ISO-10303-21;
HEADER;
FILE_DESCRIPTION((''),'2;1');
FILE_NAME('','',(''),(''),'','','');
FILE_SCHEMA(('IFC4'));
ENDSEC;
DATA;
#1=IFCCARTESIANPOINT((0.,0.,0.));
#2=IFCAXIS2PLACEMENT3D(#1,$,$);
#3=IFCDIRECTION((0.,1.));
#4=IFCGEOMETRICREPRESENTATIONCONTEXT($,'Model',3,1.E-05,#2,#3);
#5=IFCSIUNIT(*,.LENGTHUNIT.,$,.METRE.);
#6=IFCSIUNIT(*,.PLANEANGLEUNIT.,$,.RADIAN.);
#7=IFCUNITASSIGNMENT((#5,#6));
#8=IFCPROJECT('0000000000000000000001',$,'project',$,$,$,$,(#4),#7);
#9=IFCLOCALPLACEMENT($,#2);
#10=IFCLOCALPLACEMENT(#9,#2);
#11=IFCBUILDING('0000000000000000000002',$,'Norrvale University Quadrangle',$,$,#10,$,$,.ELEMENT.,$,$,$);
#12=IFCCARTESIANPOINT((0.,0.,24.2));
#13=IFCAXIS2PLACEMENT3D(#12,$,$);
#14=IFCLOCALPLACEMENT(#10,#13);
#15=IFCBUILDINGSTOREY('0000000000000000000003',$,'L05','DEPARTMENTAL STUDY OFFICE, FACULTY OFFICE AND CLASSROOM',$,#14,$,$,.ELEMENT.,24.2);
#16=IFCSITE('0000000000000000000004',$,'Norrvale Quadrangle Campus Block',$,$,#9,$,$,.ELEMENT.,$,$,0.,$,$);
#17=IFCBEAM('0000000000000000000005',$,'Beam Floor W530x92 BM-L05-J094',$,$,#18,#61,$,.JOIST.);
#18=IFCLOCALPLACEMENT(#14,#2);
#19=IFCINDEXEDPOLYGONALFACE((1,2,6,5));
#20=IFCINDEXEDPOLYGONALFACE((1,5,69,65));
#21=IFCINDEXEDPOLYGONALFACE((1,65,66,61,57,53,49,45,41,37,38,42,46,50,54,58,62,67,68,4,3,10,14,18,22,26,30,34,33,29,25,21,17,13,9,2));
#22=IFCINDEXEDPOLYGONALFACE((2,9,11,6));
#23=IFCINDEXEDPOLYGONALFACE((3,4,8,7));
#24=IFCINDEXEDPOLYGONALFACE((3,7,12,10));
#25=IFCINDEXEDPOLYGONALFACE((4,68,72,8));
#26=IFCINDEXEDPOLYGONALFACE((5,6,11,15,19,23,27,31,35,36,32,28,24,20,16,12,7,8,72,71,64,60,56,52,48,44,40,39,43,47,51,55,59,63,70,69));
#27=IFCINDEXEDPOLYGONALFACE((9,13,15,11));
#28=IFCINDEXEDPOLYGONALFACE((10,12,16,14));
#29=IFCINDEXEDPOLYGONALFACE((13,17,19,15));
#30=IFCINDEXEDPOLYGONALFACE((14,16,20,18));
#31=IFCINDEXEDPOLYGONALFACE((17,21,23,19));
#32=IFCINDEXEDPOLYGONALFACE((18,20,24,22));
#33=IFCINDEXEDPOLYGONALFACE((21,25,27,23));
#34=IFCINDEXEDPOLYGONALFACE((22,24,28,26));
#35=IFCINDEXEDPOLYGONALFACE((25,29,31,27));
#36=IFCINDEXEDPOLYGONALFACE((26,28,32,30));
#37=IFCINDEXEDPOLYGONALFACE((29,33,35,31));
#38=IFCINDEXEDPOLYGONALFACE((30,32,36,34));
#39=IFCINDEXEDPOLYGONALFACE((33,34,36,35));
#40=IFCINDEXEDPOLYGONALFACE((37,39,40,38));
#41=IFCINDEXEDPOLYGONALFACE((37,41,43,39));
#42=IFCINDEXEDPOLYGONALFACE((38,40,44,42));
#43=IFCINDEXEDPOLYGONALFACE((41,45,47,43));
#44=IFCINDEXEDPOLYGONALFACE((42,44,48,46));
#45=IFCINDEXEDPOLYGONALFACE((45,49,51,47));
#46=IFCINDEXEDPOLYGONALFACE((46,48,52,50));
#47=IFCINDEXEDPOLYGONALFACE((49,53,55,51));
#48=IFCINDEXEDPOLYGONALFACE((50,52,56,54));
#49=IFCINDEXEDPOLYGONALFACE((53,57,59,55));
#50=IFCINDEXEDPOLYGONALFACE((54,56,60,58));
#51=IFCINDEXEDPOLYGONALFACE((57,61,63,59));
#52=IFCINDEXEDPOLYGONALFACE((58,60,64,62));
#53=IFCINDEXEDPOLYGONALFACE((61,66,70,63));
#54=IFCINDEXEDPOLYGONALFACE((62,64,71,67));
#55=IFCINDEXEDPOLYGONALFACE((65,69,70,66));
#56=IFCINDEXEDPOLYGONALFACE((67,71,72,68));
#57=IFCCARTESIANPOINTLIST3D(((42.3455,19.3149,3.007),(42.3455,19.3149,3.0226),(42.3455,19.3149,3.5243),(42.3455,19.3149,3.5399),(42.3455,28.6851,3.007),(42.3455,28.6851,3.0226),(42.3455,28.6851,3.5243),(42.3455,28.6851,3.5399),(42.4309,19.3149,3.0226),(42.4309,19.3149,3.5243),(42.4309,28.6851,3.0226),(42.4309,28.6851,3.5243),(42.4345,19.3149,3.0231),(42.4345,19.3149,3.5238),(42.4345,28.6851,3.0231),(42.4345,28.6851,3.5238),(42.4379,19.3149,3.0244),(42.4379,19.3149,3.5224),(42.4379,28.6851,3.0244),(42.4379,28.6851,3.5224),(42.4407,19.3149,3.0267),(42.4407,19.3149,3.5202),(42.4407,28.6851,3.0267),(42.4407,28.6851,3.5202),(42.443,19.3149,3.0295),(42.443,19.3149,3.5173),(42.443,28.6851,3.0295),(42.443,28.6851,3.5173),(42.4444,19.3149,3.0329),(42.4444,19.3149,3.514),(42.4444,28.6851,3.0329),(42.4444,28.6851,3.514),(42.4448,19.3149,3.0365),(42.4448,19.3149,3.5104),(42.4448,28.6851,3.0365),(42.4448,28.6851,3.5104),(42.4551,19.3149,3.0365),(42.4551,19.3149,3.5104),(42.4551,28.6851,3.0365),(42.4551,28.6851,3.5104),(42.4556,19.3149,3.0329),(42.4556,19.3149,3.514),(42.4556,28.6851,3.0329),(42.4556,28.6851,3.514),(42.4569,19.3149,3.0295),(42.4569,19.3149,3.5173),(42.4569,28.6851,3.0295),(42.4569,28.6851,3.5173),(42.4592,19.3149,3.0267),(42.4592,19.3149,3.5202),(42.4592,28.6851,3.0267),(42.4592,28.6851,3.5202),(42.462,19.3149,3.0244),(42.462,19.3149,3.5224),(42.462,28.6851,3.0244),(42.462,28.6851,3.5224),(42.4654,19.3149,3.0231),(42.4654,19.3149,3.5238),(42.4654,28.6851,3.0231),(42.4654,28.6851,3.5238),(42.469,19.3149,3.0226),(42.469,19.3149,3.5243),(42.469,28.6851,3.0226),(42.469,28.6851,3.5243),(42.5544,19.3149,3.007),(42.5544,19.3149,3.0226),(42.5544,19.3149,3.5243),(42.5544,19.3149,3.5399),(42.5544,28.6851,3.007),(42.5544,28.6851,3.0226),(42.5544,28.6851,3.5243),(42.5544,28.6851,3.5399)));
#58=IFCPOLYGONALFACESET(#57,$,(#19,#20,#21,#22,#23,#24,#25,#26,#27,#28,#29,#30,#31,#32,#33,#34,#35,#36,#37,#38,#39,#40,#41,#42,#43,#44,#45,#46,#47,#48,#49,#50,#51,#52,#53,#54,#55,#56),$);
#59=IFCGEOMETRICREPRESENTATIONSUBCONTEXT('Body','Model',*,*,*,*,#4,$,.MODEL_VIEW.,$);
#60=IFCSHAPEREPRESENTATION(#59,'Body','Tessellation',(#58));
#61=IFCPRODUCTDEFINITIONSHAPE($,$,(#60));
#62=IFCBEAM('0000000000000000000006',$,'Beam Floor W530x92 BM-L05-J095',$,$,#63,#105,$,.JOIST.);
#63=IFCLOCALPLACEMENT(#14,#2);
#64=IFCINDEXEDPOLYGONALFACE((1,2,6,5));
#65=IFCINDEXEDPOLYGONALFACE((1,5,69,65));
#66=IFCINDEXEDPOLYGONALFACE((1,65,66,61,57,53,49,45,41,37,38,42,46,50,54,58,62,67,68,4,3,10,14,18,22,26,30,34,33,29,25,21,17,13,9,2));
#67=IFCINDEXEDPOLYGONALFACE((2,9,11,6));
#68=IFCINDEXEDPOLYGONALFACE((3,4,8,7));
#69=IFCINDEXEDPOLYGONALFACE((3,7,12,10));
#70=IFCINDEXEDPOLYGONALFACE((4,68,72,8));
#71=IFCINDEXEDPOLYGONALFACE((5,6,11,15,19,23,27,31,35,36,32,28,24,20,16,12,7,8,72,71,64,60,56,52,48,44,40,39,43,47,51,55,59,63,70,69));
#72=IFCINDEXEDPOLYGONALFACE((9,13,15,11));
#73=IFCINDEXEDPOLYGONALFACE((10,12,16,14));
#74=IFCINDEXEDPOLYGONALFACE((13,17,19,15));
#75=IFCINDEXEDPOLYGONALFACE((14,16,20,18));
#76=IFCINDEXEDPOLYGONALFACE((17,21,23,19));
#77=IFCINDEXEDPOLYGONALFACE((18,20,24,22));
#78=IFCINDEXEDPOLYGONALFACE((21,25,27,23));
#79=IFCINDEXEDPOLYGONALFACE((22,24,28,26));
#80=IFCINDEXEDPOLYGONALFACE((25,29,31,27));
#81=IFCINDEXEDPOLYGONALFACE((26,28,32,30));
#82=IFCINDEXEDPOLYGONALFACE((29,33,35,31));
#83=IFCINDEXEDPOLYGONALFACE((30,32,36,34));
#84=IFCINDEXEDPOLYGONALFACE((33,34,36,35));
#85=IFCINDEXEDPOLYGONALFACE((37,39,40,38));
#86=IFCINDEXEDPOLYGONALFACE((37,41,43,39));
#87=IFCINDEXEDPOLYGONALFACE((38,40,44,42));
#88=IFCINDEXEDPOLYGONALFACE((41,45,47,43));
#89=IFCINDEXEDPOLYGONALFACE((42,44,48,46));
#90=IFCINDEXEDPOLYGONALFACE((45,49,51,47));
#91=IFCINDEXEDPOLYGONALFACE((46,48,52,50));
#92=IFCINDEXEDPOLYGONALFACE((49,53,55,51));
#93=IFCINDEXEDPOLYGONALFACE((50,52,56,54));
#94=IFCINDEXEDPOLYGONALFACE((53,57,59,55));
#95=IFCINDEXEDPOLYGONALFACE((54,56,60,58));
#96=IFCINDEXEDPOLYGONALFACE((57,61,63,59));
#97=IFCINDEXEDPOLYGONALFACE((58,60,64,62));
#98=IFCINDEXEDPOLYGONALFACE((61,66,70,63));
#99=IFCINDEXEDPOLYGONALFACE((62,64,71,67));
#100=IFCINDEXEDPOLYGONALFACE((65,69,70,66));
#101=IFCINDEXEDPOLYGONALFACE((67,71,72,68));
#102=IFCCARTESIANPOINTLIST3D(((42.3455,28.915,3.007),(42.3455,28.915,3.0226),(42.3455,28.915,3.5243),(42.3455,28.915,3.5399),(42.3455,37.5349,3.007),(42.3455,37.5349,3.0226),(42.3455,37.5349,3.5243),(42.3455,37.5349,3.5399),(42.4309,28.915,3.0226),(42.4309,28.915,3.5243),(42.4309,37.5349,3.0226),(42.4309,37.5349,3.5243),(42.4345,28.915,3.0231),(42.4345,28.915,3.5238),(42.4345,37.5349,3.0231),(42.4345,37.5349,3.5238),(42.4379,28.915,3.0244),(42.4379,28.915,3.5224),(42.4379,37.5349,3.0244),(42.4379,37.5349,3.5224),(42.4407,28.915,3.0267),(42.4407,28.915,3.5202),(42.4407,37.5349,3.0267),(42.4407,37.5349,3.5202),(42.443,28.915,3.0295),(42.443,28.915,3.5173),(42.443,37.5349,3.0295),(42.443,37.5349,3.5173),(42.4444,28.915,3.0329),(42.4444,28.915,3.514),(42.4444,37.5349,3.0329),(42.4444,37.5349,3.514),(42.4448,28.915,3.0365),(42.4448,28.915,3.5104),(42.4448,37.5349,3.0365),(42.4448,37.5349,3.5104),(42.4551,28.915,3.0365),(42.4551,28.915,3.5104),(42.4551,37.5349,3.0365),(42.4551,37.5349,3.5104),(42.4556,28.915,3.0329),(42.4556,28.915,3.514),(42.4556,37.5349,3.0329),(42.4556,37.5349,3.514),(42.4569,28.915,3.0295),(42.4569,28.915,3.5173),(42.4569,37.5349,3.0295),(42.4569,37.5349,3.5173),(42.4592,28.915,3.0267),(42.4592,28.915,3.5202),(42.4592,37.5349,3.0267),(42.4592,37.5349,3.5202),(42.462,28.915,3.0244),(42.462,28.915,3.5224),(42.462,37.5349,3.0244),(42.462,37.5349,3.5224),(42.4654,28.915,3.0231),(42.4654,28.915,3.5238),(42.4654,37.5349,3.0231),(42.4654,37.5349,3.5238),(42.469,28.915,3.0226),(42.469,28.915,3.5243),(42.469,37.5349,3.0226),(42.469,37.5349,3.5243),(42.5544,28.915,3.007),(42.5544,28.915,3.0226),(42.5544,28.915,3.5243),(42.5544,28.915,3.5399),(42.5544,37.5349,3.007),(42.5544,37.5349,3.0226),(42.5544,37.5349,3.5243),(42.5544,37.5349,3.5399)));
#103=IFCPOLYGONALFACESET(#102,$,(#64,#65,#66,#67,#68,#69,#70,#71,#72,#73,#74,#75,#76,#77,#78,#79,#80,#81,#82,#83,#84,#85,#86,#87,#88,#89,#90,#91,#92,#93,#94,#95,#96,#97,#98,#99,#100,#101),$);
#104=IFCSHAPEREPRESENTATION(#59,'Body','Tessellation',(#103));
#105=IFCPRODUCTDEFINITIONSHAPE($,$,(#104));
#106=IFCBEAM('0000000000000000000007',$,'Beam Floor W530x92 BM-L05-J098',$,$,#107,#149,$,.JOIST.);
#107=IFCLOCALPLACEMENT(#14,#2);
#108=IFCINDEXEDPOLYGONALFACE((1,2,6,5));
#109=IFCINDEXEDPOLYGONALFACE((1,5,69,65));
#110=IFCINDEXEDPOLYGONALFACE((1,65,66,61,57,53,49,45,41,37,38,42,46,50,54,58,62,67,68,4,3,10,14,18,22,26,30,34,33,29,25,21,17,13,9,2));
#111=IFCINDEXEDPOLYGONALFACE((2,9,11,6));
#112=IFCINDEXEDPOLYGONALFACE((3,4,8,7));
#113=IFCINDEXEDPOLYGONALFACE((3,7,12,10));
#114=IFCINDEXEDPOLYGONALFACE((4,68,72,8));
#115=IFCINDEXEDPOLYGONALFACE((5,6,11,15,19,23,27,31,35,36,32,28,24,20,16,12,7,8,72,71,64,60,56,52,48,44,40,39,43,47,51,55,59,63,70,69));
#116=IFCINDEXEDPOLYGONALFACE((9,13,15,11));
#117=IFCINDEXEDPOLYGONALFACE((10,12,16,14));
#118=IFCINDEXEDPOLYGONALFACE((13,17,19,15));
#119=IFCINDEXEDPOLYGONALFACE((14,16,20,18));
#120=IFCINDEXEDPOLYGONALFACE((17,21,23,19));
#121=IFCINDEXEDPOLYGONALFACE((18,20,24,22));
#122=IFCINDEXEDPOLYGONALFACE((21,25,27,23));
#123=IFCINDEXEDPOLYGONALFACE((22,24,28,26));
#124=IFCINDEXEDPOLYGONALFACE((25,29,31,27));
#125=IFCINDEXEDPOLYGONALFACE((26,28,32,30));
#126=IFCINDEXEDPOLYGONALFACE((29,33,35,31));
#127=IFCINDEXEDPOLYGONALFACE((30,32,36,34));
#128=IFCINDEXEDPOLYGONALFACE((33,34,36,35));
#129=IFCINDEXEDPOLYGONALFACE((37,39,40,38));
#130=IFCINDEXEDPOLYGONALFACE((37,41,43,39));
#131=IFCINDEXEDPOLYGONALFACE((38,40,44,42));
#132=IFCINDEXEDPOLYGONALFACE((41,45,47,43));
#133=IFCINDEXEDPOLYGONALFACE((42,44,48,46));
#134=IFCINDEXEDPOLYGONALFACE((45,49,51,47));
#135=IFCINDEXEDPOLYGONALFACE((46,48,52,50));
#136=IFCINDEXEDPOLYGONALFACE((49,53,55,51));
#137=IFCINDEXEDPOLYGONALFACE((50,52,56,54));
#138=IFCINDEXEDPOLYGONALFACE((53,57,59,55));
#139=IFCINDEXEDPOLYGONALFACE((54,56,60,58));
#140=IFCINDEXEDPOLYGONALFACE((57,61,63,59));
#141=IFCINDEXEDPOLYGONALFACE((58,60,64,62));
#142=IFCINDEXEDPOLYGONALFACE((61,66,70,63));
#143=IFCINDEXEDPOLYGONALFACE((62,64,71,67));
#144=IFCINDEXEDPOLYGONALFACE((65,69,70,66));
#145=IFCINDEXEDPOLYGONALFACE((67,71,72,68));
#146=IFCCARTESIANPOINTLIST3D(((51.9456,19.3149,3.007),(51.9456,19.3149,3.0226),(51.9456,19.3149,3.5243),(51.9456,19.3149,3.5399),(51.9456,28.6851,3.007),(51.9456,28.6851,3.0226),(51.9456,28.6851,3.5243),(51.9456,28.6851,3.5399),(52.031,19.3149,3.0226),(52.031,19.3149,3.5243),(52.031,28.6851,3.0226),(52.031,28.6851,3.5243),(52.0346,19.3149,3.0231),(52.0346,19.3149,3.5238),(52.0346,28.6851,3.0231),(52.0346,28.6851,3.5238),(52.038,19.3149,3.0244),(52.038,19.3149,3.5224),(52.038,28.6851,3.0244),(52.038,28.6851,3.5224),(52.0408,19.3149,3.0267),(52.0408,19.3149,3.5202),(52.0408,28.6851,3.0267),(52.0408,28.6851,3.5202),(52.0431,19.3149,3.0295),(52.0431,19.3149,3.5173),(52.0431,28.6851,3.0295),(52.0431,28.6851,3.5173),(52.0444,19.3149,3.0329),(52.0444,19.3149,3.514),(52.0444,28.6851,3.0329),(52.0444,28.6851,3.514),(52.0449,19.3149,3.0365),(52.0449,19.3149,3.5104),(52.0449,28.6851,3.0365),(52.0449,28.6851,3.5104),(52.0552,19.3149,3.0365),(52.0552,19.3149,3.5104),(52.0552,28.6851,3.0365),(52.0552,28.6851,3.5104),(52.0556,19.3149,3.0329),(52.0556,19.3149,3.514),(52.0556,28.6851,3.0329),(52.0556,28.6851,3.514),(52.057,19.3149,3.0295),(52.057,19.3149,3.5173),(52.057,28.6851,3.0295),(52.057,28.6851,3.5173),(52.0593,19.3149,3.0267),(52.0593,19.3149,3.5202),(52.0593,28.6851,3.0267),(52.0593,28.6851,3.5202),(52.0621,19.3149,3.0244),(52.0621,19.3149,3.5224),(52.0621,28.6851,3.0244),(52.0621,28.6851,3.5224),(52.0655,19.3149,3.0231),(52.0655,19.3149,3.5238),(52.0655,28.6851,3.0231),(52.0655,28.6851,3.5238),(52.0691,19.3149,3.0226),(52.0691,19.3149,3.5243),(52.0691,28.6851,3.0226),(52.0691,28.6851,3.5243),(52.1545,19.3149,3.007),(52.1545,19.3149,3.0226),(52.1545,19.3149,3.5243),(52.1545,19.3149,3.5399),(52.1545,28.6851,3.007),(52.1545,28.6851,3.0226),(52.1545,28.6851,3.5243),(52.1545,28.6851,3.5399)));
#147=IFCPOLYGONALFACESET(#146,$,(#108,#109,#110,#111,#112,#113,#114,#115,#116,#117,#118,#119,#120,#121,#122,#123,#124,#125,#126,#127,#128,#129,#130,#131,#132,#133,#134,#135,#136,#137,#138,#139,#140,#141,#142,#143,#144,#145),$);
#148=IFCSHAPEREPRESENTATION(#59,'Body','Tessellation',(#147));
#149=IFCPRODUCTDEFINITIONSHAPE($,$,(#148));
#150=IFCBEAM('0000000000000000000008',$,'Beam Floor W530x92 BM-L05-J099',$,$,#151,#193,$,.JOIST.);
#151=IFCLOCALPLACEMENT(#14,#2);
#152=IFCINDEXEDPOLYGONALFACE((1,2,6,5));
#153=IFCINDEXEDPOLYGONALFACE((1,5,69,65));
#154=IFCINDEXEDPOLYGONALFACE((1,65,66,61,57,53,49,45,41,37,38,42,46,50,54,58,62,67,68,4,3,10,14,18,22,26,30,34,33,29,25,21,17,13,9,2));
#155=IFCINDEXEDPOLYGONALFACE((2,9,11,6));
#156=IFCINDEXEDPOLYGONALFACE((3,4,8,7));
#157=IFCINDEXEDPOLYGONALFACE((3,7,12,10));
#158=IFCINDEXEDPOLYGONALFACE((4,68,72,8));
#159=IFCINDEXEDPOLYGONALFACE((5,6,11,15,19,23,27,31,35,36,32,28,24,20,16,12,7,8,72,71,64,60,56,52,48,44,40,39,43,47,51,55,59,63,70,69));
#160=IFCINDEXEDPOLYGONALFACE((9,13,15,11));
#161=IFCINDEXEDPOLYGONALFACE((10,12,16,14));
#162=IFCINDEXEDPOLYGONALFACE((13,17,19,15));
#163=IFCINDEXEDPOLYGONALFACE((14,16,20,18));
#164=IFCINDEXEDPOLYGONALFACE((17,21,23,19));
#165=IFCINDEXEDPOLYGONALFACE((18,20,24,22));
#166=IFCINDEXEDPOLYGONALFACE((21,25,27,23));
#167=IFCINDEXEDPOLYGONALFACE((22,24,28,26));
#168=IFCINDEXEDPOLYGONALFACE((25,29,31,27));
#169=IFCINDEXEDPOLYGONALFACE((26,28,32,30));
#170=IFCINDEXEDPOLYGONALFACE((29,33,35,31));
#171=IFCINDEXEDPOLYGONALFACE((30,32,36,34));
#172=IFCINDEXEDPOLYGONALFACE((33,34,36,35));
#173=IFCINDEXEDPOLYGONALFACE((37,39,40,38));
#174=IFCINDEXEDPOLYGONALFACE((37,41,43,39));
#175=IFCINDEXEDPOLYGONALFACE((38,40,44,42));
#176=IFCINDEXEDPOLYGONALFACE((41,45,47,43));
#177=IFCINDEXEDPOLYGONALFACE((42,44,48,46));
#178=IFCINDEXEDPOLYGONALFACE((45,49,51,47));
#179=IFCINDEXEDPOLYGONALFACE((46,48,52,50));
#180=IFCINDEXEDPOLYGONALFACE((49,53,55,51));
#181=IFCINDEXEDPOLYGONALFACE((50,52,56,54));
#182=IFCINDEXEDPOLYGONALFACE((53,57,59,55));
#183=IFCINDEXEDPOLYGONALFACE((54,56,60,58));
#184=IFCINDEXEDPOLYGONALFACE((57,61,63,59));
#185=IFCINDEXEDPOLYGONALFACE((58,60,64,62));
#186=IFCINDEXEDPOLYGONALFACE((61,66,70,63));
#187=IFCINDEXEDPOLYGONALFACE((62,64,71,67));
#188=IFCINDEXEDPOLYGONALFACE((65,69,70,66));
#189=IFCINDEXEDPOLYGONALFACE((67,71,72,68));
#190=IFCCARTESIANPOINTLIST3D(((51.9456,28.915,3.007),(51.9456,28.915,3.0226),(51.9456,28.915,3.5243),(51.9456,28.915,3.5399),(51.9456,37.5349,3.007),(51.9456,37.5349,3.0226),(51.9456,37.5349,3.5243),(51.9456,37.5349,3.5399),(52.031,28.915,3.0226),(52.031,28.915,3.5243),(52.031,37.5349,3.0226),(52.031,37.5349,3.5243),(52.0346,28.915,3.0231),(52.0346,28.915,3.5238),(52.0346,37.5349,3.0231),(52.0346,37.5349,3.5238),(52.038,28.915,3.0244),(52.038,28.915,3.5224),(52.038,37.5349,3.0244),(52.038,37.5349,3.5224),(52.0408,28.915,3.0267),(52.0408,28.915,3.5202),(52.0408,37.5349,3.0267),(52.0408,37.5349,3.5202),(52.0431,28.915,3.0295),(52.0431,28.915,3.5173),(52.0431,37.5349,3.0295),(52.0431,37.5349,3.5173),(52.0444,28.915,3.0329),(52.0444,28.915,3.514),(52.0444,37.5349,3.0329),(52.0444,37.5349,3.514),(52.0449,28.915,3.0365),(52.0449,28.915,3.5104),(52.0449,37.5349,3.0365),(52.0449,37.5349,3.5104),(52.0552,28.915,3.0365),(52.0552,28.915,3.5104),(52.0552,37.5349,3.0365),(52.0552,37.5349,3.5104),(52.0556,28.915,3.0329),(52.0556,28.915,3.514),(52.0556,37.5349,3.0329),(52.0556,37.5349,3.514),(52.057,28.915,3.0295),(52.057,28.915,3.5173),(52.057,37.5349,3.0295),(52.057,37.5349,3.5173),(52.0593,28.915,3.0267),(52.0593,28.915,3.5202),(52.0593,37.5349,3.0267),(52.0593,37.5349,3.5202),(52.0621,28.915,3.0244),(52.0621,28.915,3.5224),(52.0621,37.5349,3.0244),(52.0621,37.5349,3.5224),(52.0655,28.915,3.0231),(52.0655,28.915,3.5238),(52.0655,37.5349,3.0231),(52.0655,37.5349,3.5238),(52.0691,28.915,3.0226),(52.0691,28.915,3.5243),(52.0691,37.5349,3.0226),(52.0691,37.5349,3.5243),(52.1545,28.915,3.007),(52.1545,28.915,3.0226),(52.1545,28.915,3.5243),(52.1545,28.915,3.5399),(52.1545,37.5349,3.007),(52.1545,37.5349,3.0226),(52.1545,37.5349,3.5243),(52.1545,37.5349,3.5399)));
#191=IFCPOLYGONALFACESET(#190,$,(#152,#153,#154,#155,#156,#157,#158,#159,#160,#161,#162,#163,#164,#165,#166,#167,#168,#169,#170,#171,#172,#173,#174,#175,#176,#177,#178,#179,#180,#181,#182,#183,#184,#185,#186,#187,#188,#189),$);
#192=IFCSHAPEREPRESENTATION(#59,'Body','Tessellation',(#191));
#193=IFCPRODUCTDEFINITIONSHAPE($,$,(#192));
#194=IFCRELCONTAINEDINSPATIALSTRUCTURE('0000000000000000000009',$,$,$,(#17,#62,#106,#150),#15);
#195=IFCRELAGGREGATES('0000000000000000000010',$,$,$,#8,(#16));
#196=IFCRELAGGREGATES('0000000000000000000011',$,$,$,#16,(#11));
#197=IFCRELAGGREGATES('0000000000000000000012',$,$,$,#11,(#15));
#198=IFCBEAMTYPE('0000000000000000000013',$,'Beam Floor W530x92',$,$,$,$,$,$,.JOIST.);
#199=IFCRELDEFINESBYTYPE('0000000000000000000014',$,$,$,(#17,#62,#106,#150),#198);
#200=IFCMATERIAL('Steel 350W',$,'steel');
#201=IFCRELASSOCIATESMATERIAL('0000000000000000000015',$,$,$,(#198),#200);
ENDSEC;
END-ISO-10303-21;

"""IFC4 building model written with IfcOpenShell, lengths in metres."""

from ifc_helpers import new_model, si_unit, direction, frame, origin, origin_2d, place, context, subcontext, project, spatial, i_section, extrude, material, material_profile, profile_set, type_object, element, save


model = new_model("IFC4")

# Units and contexts
model_context = context("Model", 3, precision=1e-05, world=origin(), true_north=direction((0.0, 1.0)))
body_context = subcontext(model_context, "Body", "Model", "MODEL_VIEW")
ifc_project = project(units=[si_unit("LENGTHUNIT", "METRE"), si_unit("PLANEANGLEUNIT", "RADIAN")], contexts=[model_context])

# Site, building, storey
site_placement = place(None, origin())
site = spatial("IfcSite", under=ifc_project, at=site_placement, Name="Norrvale Quadrangle Campus Block", CompositionType="ELEMENT", RefElevation=0.0)
building_placement = place(site_placement, origin())
building = spatial("IfcBuilding", under=site, at=building_placement, Name="Norrvale University Quadrangle", CompositionType="ELEMENT")
storey_placement = place(building_placement, frame((0.0, 0.0, 24.2)))
storey = spatial("IfcBuildingStorey", under=building, at=storey_placement, Name="L05", Description="DEPARTMENTAL STUDY OFFICE, FACULTY OFFICE AND CLASSROOM", CompositionType="ELEMENT", Elevation=24.2)

# Beams
ifc_material_1 = material(Name="Steel 350W", Category="steel")
ifc_material_profile_1 = material_profile(ifc_material_1, i_section(OverallWidth=0.209, OverallDepth=0.533, WebThickness=0.0103, FlangeThickness=0.0156, FilletRadius=0.0139, at=origin_2d()), Name="Steel 350W")
ifc_profile_set_1 = profile_set([ifc_material_profile_1], Name="Steel 350W")
beam_type_1 = type_object("IfcBeamType", Name="Beam Floor W530x92", PredefinedType="JOIST", material=ifc_profile_set_1)
beam_1_placement = place(storey_placement, frame((42.45, 19.3149, 3.2734), z_axis=(0.0, 1.0, 0.0), x_axis=(-1.0, 0.0, 0.0)))
element("IfcBeam", 1, at=beam_1_placement, inside=storey, type_object=beam_type_1, Name="Beam Floor W530x92 BM-L05-J094", PredefinedType="JOIST", context=body_context, shape_type="SweptSolid", body=[
    extrude(i_section(OverallWidth=0.209, OverallDepth=0.533, WebThickness=0.0103, FlangeThickness=0.0156, FilletRadius=0.0139, at=origin_2d()), origin(), (0.0, 0.0, 1.0), 9.3701),
])
beam_2_placement = place(storey_placement, frame((42.45, 28.915, 3.2734), z_axis=(0.0, 1.0, 0.0), x_axis=(-1.0, 0.0, 0.0)))
element("IfcBeam", 2, at=beam_2_placement, inside=storey, type_object=beam_type_1, Name="Beam Floor W530x92 BM-L05-J095", PredefinedType="JOIST", context=body_context, shape_type="SweptSolid", body=[
    extrude(i_section(OverallWidth=0.209, OverallDepth=0.533, WebThickness=0.0103, FlangeThickness=0.0156, FilletRadius=0.0139, at=origin_2d()), origin(), (0.0, 0.0, 1.0), 8.6199),
])
beam_3_placement = place(storey_placement, frame((52.05, 19.3149, 3.2734), z_axis=(0.0, 1.0, 0.0), x_axis=(-1.0, 0.0, 0.0)))
element("IfcBeam", 3, at=beam_3_placement, inside=storey, type_object=beam_type_1, Name="Beam Floor W530x92 BM-L05-J098", PredefinedType="JOIST", context=body_context, shape_type="SweptSolid", body=[
    extrude(i_section(OverallWidth=0.209, OverallDepth=0.533, WebThickness=0.0103, FlangeThickness=0.0156, FilletRadius=0.0139, at=origin_2d()), origin(), (0.0, 0.0, 1.0), 9.3701),
])
beam_4_placement = place(storey_placement, frame((52.05, 28.915, 3.2734), z_axis=(0.0, 1.0, 0.0), x_axis=(-1.0, 0.0, 0.0)))
element("IfcBeam", 4, at=beam_4_placement, inside=storey, type_object=beam_type_1, Name="Beam Floor W530x92 BM-L05-J099", PredefinedType="JOIST", context=body_context, shape_type="SweptSolid", body=[
    extrude(i_section(OverallWidth=0.209, OverallDepth=0.533, WebThickness=0.0103, FlangeThickness=0.0156, FilletRadius=0.0139, at=origin_2d()), origin(), (0.0, 0.0, 1.0), 8.6199),
])

save(model, "model.ifc")
